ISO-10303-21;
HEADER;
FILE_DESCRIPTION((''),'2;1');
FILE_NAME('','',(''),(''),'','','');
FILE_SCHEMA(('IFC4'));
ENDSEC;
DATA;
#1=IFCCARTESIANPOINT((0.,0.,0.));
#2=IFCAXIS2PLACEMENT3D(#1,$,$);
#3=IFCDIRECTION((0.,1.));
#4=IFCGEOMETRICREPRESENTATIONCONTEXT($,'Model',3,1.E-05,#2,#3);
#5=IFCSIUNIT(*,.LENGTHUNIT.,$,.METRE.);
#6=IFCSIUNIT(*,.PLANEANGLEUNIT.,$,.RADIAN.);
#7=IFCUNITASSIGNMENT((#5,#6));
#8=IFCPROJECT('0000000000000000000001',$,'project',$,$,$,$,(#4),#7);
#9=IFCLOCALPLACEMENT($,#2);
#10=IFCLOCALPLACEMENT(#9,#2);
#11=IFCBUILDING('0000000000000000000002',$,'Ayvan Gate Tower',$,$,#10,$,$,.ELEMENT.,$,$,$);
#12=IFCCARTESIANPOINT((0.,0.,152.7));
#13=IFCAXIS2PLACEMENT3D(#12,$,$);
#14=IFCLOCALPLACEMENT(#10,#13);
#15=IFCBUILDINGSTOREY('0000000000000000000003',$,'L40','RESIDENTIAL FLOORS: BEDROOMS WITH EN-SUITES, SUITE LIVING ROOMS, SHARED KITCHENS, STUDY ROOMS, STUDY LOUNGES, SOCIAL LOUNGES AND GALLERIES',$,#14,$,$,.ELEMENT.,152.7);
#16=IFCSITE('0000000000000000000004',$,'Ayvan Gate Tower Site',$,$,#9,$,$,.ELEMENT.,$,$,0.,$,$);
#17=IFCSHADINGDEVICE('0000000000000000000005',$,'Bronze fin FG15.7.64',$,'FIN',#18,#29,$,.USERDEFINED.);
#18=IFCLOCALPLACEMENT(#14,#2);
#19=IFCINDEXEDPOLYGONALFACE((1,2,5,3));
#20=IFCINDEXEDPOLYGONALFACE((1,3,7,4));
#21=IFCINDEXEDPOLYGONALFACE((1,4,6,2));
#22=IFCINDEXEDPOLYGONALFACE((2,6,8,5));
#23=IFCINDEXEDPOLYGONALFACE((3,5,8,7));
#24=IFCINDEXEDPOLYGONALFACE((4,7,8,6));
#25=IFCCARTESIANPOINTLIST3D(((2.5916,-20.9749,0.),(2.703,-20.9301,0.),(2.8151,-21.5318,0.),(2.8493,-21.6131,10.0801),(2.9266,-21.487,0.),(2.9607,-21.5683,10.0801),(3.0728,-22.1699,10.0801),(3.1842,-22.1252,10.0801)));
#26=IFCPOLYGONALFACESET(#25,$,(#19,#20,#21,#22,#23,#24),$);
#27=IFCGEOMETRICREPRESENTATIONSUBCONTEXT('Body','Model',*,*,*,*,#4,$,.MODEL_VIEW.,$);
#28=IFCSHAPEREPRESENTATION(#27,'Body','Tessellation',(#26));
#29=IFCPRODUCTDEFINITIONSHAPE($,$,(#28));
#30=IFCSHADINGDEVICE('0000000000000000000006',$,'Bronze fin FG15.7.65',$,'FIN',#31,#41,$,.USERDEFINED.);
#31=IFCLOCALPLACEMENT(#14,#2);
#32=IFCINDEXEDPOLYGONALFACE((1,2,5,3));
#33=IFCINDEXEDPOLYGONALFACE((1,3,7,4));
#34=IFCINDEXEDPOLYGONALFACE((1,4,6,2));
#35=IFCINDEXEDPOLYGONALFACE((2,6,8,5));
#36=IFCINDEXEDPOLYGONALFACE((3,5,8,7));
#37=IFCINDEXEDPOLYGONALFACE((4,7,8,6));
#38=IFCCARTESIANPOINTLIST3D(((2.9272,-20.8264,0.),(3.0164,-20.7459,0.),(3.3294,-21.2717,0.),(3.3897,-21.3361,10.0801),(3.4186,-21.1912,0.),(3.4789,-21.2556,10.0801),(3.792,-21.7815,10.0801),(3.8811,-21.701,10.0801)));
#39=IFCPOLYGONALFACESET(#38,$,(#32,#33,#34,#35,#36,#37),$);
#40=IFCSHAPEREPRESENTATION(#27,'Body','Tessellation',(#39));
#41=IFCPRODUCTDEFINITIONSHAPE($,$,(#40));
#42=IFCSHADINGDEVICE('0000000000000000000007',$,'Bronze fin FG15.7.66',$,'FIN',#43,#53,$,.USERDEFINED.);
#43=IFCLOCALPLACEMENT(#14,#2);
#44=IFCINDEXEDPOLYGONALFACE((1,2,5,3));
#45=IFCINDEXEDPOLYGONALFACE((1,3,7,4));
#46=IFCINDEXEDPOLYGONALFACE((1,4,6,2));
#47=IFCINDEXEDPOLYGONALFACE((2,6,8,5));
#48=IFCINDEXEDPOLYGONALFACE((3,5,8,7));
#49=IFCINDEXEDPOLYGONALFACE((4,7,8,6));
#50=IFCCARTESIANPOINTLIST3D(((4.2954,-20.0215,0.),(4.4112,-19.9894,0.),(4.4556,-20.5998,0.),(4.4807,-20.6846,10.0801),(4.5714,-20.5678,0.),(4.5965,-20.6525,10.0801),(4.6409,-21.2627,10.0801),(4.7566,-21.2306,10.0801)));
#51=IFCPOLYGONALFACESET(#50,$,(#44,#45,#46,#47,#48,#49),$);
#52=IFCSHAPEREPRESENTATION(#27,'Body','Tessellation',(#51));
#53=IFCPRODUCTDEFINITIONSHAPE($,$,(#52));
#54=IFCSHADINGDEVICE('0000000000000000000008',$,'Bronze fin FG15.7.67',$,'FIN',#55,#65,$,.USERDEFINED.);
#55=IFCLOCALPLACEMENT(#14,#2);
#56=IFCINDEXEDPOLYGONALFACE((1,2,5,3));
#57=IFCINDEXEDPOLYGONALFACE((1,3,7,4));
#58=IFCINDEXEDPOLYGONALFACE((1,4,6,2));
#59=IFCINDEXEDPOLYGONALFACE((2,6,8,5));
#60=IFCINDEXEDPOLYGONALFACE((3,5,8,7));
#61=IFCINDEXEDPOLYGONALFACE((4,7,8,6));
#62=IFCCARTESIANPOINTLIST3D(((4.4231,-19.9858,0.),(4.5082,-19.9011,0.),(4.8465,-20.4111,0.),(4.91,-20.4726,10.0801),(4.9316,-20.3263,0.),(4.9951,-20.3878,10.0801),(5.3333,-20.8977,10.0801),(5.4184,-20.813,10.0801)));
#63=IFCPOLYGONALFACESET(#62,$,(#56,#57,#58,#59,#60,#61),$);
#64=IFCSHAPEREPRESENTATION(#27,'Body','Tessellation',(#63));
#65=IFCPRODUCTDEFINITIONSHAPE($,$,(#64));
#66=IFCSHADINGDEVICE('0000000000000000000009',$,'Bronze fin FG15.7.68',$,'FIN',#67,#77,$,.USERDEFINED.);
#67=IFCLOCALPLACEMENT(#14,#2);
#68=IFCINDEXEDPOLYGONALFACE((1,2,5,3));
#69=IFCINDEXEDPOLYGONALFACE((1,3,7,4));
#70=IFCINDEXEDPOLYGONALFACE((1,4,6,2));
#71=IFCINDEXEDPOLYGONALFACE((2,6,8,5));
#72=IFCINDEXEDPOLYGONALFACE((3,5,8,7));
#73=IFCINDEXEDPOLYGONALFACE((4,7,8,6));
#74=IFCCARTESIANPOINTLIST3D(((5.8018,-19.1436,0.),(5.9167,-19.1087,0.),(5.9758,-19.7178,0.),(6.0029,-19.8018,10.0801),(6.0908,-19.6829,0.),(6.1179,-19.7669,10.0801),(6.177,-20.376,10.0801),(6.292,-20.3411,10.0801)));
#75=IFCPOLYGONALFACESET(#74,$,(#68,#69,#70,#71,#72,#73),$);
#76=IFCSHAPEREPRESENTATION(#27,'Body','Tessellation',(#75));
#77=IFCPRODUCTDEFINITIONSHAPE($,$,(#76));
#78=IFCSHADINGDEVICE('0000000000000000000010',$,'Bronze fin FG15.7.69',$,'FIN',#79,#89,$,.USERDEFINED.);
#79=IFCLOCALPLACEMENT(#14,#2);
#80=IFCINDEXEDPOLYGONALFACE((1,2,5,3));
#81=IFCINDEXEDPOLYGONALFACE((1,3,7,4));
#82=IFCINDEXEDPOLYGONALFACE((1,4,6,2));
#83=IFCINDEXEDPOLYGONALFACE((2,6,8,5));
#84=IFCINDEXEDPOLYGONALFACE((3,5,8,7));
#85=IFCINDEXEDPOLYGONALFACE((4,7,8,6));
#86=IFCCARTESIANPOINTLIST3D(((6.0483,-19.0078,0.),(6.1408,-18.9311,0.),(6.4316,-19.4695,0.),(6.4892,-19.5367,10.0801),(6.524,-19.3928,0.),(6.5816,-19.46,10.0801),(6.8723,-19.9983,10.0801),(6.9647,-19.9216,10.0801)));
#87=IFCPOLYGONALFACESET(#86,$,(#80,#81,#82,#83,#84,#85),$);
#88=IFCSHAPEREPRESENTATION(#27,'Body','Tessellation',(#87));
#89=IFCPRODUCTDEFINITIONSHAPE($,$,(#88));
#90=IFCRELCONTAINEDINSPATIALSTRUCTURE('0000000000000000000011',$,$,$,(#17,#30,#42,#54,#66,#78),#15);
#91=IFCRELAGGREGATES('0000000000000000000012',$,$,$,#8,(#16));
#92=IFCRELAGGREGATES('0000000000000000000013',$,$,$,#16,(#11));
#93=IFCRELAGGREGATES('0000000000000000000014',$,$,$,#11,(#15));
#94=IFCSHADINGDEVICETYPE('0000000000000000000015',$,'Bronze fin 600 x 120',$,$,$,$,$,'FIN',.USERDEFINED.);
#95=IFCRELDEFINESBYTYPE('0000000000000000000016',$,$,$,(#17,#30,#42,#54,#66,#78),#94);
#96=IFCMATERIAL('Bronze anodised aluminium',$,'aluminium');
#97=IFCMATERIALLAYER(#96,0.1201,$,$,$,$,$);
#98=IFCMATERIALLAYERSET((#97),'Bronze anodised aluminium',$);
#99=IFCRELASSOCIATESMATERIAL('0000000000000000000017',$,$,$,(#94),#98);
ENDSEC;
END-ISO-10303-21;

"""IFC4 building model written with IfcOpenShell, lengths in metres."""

from ifc_helpers import new_model, si_unit, direction, frame, origin, place, context, subcontext, project, spatial, polyline, outline, extrude, material, layer, layer_set, type_object, element, save


model = new_model("IFC4")

# Units and contexts
model_context = context("Model", 3, precision=1e-05, world=origin(), true_north=direction((0.0, 1.0)))
body_context = subcontext(model_context, "Body", "Model", "MODEL_VIEW")
ifc_project = project(units=[si_unit("LENGTHUNIT", "METRE"), si_unit("PLANEANGLEUNIT", "RADIAN")], contexts=[model_context])

# Site, building, storey
site_placement = place(None, origin())
site = spatial("IfcSite", under=ifc_project, at=site_placement, Name="Ayvan Gate Tower Site", CompositionType="ELEMENT", RefElevation=0.0)
building_placement = place(site_placement, origin())
building = spatial("IfcBuilding", under=site, at=building_placement, Name="Ayvan Gate Tower", CompositionType="ELEMENT")
storey_placement = place(building_placement, frame((0.0, 0.0, 152.7)))
storey = spatial("IfcBuildingStorey", under=building, at=storey_placement, Name="L40", Description="RESIDENTIAL FLOORS: BEDROOMS WITH EN-SUITES, SUITE LIVING ROOMS, SHARED KITCHENS, STUDY ROOMS, STUDY LOUNGES, SOCIAL LOUNGES AND GALLERIES", CompositionType="ELEMENT", Elevation=152.7)

# Shared definitions
ifc_material_1 = material(Name="Bronze anodised aluminium", Category="aluminium")

# Shading devices
ifc_layer_1 = layer(ifc_material_1, 0.1201)
ifc_layer_set_1 = layer_set([ifc_layer_1], Name="Bronze anodised aluminium")
shading_device_type = type_object("IfcShadingDeviceType", Name="Bronze fin 600 x 120", ElementType="FIN", PredefinedType="USERDEFINED", material=ifc_layer_set_1)
shading_device_1_placement = place(storey_placement, frame((2.5916, -20.9749, 0.0), z_axis=(-0.928041, -0.372478, 0.000143), x_axis=(0.372478, -0.928041, 0.0)))
element("IfcShadingDevice", 1, at=shading_device_1_placement, inside=storey, type_object=shading_device_type, Name="Bronze fin FG15.7.64", ObjectType="FIN", PredefinedType="USERDEFINED", context=body_context, shape_type="SweptSolid", body=[
    extrude(outline(polyline([(0.0, 0.0), (0.6001, 0.0), (1.2883, 10.0801), (0.6883, 10.0801), (0.0, 0.0)])), origin(), (0.0, 0.0, -1.0), 0.1201),
])
shading_device_2_placement = place(storey_placement, frame((2.9272, -20.8264, 0.0), z_axis=(-0.742099, -0.67029, 0.000154), x_axis=(0.67029, -0.742099, 0.0)))
element("IfcShadingDevice", 2, at=shading_device_2_placement, inside=storey, type_object=shading_device_type, Name="Bronze fin FG15.7.65", ObjectType="FIN", PredefinedType="USERDEFINED", context=body_context, shape_type="SweptSolid", body=[
    extrude(outline(polyline([(0.0, 0.0), (0.6, 0.0), (1.2884, 10.0801), (0.6882, 10.0801), (0.0, 0.0)])), origin(), (0.0, 0.0, -1.0), 0.1201),
])
shading_device_3_placement = place(storey_placement, frame((4.2954, -20.0215, 0.0), z_axis=(-0.963719, -0.26692, 0.000161), x_axis=(0.26692, -0.963719, 0.0)))
element("IfcShadingDevice", 3, at=shading_device_3_placement, inside=storey, type_object=shading_device_type, Name="Bronze fin FG15.7.66", ObjectType="FIN", PredefinedType="USERDEFINED", context=body_context, shape_type="SweptSolid", body=[
    extrude(outline(polyline([(0.0, 0.0), (0.6001, 0.0), (1.2884, 10.0801), (0.6885, 10.0801), (0.0, 0.0)])), origin(), (0.0, 0.0, -1.0), 0.1201),
])
shading_device_4_placement = place(storey_placement, frame((4.4231, -19.9858, 0.0), z_axis=(-0.708631, -0.705579, 0.000156), x_axis=(0.705579, -0.708631, 0.0)))
element("IfcShadingDevice", 4, at=shading_device_4_placement, inside=storey, type_object=shading_device_type, Name="Bronze fin FG15.7.67", ObjectType="FIN", PredefinedType="USERDEFINED", context=body_context, shape_type="SweptSolid", body=[
    extrude(outline(polyline([(0.0, 0.0), (0.6001, 0.0), (1.2884, 10.0801), (0.6885, 10.0801), (0.0, 0.0)])), origin(), (0.0, 0.0, -1.0), 0.1201),
])
shading_device_5_placement = place(storey_placement, frame((5.8018, -19.1436, 0.0), z_axis=(-0.956994, -0.290109, 0.000156), x_axis=(0.290109, -0.956994, 0.0)))
element("IfcShadingDevice", 5, at=shading_device_5_placement, inside=storey, type_object=shading_device_type, Name="Bronze fin FG15.7.68", ObjectType="FIN", PredefinedType="USERDEFINED", context=body_context, shape_type="SweptSolid", body=[
    extrude(outline(polyline([(0.0, 0.0), (0.6, 0.0), (1.2883, 10.0801), (0.6883, 10.0801), (0.0, 0.0)])), origin(), (0.0, 0.0, -1.0), 0.1201),
])
shading_device_6_placement = place(storey_placement, frame((6.0483, -19.0078, 0.0), z_axis=(-0.769487, -0.638662, 0.000145), x_axis=(0.638662, -0.769487, 0.0)))
element("IfcShadingDevice", 6, at=shading_device_6_placement, inside=storey, type_object=shading_device_type, Name="Bronze fin FG15.7.69", ObjectType="FIN", PredefinedType="USERDEFINED", context=body_context, shape_type="SweptSolid", body=[
    extrude(outline(polyline([(0.0, 0.0), (0.6, 0.0), (1.2884, 10.0801), (0.6885, 10.0801), (0.0, 0.0)])), origin(), (0.0, 0.0, -1.0), 0.1201),
])

save(model, "model.ifc")
